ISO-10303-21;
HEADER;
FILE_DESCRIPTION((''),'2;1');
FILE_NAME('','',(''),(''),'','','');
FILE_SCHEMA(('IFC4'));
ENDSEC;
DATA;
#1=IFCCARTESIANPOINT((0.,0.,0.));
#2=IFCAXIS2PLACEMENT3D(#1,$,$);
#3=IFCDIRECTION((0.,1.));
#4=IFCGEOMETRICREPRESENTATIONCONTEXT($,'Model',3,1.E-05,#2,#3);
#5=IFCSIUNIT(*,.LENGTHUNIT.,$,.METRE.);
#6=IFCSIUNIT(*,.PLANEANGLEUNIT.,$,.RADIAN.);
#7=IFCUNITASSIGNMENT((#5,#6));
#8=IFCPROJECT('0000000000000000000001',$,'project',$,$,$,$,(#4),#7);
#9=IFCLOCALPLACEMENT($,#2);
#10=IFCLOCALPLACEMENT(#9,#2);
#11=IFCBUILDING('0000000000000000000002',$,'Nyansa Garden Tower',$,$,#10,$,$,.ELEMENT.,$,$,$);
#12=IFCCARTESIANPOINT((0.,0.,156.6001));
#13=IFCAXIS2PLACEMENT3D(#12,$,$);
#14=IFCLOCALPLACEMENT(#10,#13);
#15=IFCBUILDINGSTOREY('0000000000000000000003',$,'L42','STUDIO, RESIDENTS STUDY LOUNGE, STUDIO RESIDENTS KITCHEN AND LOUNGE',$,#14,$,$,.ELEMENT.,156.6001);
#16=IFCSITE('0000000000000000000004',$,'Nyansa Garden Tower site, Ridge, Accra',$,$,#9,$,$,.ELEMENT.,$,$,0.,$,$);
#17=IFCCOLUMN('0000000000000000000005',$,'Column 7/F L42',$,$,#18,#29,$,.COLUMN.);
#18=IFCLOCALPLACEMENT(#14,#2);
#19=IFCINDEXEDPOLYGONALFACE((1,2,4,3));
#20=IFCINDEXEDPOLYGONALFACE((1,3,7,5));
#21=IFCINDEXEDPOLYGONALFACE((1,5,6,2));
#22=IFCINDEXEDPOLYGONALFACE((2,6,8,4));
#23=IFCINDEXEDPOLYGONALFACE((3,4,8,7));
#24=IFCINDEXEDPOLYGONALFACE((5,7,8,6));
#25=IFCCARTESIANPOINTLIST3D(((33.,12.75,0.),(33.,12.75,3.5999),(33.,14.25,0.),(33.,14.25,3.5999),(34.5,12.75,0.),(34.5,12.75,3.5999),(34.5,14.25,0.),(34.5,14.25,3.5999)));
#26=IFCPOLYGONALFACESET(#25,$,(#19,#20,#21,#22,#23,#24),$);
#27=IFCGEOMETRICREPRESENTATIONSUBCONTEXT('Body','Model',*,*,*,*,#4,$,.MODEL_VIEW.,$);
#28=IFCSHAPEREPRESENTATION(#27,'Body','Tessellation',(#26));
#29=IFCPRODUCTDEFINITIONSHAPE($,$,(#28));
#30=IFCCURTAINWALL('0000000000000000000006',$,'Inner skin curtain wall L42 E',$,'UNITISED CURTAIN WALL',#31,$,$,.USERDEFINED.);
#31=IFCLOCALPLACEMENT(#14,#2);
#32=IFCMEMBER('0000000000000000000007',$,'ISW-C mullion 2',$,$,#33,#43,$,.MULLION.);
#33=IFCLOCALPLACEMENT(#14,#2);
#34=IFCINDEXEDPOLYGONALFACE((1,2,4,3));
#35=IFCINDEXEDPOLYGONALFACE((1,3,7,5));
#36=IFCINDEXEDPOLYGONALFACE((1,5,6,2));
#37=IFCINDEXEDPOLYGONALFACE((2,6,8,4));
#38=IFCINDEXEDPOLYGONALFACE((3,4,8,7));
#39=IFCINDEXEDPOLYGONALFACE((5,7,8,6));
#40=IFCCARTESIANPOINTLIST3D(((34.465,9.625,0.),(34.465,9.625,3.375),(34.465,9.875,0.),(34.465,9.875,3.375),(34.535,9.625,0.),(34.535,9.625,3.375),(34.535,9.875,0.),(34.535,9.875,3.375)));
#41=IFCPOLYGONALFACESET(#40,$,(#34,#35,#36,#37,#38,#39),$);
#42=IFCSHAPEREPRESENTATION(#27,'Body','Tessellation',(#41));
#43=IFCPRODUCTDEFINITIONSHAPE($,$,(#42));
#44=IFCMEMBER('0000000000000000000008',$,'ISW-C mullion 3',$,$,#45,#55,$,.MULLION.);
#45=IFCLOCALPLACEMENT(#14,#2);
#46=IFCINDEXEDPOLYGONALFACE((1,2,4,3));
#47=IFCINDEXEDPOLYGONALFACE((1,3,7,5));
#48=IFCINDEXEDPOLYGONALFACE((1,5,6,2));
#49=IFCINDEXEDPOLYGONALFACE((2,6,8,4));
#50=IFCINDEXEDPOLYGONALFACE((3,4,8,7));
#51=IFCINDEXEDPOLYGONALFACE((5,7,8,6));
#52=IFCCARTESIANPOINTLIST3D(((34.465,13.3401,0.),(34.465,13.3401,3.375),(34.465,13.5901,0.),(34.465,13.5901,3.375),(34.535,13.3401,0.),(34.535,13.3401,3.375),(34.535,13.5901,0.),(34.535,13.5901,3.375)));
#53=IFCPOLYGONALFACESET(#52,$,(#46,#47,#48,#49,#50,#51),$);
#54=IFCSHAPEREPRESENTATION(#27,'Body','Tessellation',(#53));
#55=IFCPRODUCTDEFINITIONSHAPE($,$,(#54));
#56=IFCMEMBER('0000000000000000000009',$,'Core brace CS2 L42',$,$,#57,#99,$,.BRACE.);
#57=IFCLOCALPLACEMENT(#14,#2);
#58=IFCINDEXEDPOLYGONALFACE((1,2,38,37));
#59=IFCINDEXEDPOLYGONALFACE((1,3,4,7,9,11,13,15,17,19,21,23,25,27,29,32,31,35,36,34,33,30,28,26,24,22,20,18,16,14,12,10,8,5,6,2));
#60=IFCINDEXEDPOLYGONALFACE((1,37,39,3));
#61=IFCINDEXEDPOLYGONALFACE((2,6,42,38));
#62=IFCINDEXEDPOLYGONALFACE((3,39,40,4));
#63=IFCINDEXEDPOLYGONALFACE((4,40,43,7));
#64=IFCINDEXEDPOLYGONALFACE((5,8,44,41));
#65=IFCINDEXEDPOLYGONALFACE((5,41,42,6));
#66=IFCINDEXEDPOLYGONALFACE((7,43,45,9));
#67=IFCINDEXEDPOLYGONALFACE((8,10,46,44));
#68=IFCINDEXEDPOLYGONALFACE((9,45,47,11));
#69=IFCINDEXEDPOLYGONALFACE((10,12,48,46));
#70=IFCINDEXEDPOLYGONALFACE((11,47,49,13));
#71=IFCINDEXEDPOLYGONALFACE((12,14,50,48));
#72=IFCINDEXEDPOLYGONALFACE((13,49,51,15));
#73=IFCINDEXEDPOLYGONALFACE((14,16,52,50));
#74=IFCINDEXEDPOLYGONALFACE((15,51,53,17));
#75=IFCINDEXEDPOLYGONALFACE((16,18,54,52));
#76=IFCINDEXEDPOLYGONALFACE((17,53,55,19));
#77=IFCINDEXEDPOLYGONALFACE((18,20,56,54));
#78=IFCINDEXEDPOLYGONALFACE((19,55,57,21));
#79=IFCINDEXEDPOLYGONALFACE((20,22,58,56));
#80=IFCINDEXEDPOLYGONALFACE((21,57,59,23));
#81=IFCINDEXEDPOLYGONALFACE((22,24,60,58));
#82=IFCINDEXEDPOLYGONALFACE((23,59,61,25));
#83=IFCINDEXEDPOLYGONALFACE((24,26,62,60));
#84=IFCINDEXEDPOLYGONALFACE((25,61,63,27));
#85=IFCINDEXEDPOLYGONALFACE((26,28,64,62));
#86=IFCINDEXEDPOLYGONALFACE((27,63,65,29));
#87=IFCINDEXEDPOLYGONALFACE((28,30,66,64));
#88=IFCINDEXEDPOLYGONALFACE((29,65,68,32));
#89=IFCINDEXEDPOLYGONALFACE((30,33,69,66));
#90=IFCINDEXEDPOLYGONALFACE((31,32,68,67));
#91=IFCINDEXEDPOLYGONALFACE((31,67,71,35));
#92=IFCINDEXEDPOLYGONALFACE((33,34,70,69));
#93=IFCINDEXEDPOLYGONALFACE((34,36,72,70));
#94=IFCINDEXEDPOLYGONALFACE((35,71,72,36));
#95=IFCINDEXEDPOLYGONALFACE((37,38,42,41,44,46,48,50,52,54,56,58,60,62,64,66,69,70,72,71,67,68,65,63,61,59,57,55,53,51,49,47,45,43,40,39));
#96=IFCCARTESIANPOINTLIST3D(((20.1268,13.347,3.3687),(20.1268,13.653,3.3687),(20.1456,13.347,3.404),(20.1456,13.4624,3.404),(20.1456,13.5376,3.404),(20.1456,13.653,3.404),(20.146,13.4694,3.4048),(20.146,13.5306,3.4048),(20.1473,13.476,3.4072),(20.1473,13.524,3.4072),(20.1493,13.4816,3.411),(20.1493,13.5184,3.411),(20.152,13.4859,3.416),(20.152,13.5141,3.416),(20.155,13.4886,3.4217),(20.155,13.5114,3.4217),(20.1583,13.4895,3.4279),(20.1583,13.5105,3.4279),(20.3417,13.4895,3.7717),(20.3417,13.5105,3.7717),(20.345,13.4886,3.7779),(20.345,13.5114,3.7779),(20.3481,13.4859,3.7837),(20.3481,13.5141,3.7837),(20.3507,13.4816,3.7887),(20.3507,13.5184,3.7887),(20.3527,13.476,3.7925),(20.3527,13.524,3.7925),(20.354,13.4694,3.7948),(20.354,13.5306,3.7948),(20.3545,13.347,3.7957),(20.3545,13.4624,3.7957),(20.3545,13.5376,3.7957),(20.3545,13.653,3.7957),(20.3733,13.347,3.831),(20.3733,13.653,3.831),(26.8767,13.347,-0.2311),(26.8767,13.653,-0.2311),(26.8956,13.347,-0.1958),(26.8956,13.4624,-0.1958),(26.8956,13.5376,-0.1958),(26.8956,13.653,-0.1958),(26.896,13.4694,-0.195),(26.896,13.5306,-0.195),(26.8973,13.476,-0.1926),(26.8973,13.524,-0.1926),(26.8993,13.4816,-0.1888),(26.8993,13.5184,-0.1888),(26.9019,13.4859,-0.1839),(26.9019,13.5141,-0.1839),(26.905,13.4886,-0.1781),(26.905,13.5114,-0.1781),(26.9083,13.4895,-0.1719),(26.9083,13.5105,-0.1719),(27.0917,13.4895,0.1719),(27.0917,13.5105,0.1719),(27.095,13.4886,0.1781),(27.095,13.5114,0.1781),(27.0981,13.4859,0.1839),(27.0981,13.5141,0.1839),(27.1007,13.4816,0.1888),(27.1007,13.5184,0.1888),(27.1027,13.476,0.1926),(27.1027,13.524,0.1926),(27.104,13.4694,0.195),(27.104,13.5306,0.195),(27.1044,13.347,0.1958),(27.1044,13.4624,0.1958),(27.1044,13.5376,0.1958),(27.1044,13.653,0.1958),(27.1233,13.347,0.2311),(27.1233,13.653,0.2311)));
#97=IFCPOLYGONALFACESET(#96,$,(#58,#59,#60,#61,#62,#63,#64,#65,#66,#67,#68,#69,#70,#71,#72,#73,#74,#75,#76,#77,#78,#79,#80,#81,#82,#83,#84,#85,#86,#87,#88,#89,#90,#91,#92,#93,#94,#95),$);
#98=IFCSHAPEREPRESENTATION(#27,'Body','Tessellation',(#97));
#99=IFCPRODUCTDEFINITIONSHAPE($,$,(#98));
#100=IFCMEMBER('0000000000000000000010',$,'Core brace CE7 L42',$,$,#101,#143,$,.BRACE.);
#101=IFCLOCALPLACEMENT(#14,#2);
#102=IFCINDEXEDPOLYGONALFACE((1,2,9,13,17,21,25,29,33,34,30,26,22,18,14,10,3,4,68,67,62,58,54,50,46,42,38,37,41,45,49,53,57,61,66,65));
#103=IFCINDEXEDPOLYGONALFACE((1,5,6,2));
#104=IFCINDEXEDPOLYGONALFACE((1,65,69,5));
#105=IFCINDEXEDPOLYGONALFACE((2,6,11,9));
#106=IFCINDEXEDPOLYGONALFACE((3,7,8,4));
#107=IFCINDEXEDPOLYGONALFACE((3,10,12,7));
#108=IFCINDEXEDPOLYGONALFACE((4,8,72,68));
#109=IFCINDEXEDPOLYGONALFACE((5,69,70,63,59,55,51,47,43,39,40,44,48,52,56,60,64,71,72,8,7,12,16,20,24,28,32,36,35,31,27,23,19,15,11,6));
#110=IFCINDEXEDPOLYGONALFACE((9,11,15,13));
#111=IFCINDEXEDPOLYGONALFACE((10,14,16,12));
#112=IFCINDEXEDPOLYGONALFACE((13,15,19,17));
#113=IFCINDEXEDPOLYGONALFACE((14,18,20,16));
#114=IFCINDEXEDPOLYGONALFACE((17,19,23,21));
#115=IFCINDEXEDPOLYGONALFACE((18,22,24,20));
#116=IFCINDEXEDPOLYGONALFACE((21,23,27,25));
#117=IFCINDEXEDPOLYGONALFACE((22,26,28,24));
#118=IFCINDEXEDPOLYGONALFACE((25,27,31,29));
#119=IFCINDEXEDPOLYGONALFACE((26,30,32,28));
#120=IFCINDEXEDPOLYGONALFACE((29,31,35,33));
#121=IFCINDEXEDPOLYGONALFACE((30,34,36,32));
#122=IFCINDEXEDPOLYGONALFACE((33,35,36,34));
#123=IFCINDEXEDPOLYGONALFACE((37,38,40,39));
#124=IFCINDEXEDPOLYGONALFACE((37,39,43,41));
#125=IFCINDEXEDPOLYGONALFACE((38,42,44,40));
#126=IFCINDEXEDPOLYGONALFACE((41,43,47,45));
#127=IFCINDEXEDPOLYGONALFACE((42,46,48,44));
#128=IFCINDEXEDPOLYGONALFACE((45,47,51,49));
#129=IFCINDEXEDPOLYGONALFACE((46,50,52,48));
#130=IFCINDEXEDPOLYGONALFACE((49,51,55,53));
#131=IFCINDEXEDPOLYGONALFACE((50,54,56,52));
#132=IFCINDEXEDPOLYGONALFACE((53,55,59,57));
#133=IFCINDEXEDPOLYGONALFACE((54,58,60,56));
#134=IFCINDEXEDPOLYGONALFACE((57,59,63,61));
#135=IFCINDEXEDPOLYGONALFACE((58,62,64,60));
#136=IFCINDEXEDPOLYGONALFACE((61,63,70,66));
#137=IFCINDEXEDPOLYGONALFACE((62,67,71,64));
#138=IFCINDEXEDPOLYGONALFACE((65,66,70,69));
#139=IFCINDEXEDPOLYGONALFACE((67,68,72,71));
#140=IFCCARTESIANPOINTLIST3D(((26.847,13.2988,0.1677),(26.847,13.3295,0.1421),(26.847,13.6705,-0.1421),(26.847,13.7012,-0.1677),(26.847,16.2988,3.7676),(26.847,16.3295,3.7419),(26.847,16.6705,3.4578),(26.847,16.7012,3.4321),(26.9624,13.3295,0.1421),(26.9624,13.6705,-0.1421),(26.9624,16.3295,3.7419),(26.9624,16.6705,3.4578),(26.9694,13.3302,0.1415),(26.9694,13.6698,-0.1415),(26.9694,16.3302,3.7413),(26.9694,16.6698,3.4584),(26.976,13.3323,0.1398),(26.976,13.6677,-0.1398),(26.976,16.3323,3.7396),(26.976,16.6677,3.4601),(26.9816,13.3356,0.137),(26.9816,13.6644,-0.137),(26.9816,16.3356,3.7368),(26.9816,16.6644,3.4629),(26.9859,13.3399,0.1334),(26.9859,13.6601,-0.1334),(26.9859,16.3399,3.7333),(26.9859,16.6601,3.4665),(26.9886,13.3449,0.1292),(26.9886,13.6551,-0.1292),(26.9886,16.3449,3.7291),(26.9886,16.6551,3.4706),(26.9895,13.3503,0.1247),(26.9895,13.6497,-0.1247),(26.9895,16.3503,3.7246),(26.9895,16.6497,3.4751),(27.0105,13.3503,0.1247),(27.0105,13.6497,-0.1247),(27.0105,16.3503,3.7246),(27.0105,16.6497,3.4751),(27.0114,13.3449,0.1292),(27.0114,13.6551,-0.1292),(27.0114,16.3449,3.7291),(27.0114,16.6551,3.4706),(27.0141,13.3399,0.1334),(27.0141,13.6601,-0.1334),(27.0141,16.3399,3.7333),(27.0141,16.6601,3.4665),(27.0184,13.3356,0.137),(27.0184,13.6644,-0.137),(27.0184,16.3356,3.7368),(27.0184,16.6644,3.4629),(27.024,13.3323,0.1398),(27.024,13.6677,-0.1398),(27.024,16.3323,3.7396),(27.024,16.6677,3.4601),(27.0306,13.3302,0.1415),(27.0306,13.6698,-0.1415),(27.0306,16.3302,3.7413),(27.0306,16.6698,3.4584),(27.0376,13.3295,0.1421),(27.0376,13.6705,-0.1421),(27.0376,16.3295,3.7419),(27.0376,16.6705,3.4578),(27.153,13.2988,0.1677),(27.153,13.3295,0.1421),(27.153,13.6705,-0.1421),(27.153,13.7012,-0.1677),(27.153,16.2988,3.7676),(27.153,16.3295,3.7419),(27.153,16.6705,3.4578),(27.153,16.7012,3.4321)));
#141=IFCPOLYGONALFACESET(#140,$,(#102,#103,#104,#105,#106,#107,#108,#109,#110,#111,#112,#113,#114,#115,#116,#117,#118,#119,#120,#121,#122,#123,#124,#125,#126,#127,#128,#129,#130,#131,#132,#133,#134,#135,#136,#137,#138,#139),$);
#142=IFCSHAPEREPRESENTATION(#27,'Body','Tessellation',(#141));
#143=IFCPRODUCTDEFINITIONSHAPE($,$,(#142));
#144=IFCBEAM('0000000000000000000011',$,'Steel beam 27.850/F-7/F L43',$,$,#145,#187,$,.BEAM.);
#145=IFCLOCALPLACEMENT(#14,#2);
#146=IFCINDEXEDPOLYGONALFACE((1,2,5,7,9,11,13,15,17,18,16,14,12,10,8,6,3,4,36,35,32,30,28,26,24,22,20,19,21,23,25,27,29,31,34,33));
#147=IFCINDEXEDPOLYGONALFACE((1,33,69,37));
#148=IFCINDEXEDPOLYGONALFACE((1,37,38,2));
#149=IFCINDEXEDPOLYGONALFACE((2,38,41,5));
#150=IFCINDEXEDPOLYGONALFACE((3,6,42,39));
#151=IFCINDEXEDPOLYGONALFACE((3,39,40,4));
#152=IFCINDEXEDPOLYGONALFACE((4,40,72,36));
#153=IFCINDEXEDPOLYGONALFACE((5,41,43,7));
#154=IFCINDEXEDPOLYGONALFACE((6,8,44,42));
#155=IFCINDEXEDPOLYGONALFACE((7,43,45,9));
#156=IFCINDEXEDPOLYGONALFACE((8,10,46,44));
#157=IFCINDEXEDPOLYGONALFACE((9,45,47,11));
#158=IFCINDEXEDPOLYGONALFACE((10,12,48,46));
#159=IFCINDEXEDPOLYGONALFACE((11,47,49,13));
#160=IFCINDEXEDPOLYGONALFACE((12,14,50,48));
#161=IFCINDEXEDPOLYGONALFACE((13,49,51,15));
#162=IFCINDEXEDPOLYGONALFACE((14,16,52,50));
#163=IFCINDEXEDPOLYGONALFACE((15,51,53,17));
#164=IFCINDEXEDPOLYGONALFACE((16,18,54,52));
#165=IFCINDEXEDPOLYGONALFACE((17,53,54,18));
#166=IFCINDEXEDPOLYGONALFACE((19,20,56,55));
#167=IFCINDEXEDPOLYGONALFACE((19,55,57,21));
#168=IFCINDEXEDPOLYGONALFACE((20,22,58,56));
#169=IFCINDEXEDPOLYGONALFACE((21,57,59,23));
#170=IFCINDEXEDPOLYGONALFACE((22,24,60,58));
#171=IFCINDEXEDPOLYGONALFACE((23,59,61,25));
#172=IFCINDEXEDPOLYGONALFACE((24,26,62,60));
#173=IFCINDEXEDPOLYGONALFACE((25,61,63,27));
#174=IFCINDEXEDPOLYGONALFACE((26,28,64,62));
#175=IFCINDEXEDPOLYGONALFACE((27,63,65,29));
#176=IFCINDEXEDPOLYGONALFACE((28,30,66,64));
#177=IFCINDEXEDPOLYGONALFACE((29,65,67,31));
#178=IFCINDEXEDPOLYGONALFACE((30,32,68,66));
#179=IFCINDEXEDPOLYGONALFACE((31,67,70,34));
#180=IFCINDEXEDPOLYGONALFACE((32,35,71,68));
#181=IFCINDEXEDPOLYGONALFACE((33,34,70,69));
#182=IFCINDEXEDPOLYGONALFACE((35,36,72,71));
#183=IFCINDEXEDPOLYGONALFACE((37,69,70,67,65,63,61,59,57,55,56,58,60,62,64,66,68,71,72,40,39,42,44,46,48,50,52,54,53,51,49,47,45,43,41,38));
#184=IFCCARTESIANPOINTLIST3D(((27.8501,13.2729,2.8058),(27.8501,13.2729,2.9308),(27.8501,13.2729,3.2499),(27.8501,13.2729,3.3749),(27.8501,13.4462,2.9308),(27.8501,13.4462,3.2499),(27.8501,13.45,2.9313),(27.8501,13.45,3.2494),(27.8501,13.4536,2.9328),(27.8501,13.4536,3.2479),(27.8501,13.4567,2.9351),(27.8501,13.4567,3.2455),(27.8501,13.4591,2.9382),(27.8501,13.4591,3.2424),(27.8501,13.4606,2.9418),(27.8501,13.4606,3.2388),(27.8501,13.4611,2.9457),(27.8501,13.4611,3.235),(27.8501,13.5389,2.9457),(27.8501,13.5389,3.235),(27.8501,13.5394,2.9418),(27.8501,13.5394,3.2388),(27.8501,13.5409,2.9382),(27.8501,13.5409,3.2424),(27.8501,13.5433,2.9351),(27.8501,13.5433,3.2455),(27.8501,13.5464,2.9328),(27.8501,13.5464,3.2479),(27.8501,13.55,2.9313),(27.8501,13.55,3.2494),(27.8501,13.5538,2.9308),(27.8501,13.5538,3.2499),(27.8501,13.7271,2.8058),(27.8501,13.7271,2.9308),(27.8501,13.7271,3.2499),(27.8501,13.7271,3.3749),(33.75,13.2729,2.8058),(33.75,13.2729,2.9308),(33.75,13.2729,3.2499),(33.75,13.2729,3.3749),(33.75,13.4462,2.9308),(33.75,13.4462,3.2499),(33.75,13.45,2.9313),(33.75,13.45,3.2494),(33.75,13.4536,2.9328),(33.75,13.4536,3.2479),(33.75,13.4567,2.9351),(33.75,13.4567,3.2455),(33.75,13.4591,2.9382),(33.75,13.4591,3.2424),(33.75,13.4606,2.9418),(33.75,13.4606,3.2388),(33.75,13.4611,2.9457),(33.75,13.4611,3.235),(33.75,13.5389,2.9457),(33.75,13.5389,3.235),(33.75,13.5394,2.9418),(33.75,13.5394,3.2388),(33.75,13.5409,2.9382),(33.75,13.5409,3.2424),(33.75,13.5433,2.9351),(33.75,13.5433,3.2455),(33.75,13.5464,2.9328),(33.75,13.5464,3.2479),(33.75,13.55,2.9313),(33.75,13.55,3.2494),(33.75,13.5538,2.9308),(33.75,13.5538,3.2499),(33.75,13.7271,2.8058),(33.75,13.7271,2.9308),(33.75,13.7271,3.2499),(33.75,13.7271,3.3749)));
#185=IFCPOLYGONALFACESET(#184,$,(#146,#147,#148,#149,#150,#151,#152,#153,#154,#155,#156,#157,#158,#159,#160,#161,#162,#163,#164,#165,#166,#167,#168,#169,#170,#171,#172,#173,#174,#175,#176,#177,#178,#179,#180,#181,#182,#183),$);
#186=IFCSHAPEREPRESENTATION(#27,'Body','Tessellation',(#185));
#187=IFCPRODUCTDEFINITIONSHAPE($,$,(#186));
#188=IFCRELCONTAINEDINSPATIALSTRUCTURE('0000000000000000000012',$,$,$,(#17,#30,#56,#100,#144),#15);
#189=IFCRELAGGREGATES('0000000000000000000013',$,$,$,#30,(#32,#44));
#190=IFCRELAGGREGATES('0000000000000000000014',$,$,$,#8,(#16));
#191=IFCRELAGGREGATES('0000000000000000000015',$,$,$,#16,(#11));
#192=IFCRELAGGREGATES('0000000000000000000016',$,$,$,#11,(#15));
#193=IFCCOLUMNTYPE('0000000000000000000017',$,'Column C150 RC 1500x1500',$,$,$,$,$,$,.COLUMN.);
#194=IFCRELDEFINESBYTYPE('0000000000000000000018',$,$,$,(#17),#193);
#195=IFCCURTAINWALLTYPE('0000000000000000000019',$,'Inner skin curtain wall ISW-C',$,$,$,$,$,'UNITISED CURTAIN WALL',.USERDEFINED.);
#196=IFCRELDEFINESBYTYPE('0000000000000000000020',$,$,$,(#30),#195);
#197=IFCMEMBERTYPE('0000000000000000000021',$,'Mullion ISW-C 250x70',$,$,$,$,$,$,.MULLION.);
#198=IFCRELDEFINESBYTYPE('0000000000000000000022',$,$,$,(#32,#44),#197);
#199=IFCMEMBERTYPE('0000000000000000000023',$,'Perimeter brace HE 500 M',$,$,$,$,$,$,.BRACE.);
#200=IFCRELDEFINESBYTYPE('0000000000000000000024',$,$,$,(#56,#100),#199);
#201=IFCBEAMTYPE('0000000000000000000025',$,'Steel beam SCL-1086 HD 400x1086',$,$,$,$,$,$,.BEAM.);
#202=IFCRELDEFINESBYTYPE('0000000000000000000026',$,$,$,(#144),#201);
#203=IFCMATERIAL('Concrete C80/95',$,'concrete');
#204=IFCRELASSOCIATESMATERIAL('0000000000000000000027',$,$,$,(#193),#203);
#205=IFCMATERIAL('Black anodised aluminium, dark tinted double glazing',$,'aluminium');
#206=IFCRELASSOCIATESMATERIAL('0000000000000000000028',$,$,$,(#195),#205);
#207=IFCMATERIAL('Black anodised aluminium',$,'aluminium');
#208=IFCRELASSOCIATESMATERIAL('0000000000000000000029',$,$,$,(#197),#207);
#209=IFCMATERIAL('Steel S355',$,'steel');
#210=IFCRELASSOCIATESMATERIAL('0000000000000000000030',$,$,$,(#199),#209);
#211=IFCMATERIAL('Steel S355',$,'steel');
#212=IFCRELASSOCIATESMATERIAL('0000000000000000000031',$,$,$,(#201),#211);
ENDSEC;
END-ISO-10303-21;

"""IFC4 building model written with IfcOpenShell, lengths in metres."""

from ifc_helpers import new_model, si_unit, direction, frame, origin, origin_2d, place, context, subcontext, project, spatial, rectangle, i_section, extrude, material, material_profile, profile_set, type_object, element, aggregate, save


model = new_model("IFC4")

# Units and contexts
model_context = context("Model", 3, precision=1e-05, world=origin(), true_north=direction((0.0, 1.0)))
body_context = subcontext(model_context, "Body", "Model", "MODEL_VIEW")
ifc_project = project(units=[si_unit("LENGTHUNIT", "METRE"), si_unit("PLANEANGLEUNIT", "RADIAN")], contexts=[model_context])

# Site, building, storey
site_placement = place(None, origin())
site = spatial("IfcSite", under=ifc_project, at=site_placement, Name="Nyansa Garden Tower site, Ridge, Accra", CompositionType="ELEMENT", RefElevation=0.0)
building_placement = place(site_placement, origin())
building = spatial("IfcBuilding", under=site, at=building_placement, Name="Nyansa Garden Tower", CompositionType="ELEMENT")
storey_placement = place(building_placement, frame((0.0, 0.0, 156.6001)))
storey = spatial("IfcBuildingStorey", under=building, at=storey_placement, Name="L42", Description="STUDIO, RESIDENTS STUDY LOUNGE, STUDIO RESIDENTS KITCHEN AND LOUNGE", CompositionType="ELEMENT", Elevation=156.6001)

# Column
ifc_material_1 = material(Name="Concrete C80/95", Category="concrete")
ifc_material_profile_1 = material_profile(ifc_material_1, rectangle(XDim=1.5, YDim=1.5, at=origin_2d()), Name="RC 1500x1500")
ifc_profile_set_1 = profile_set([ifc_material_profile_1], Name="Concrete C80/95")
column_type = type_object("IfcColumnType", Name="Column C150 RC 1500x1500", PredefinedType="COLUMN", material=ifc_profile_set_1)
column_placement = place(storey_placement, frame((33.75, 13.5, 0.0), z_axis=(0.0, 0.0, 1.0), x_axis=(1.0, 0.0, 0.0)))
element("IfcColumn", 1, at=column_placement, inside=storey, type_object=column_type, Name="Column 7/F L42", PredefinedType="COLUMN", context=body_context, shape_type="SweptSolid", body=[
    extrude(rectangle(XDim=1.5, YDim=1.5, at=origin_2d()), origin(), (0.0, 0.0, 1.0), 3.5999),
])

# Curtain wall, members
ifc_material_2 = material(Name="Black anodised aluminium, dark tinted double glazing", Category="aluminium")
curtain_wall_type = type_object("IfcCurtainWallType", Name="Inner skin curtain wall ISW-C", ElementType="UNITISED CURTAIN WALL", PredefinedType="USERDEFINED", material=ifc_material_2)
curtain_wall_placement = place(storey_placement, origin())
curtain_wall = element("IfcCurtainWall", 2, at=curtain_wall_placement, inside=storey, type_object=curtain_wall_type, Name="Inner skin curtain wall L42 E", ObjectType="UNITISED CURTAIN WALL", PredefinedType="USERDEFINED")
ifc_material_3 = material(Name="Black anodised aluminium", Category="aluminium")
ifc_material_profile_2 = material_profile(ifc_material_3, rectangle(XDim=0.0701, YDim=0.25, at=origin_2d()), Name="Mullion 250x70")
ifc_profile_set_2 = profile_set([ifc_material_profile_2], Name="Black anodised aluminium")
member_type_1 = type_object("IfcMemberType", Name="Mullion ISW-C 250x70", PredefinedType="MULLION", material=ifc_profile_set_2)
member_1_placement = place(storey_placement, frame((34.5, 9.75, 0.0), z_axis=(0.0, 0.0, 1.0), x_axis=(-1.0, 0.0, 0.0)))
member_1 = element("IfcMember", 3, at=member_1_placement, type_object=member_type_1, Name="ISW-C mullion 2", PredefinedType="MULLION", context=body_context, shape_type="SweptSolid", body=[
    extrude(rectangle(XDim=0.0701, YDim=0.25, at=origin_2d()), origin(), (0.0, 0.0, 1.0), 3.375),
])
member_2_placement = place(storey_placement, frame((34.5, 13.4651, 0.0), z_axis=(0.0, 0.0, 1.0), x_axis=(-1.0, 0.0, 0.0)))
member_2 = element("IfcMember", 4, at=member_2_placement, type_object=member_type_1, Name="ISW-C mullion 3", PredefinedType="MULLION", context=body_context, shape_type="SweptSolid", body=[
    extrude(rectangle(XDim=0.0701, YDim=0.25, at=origin_2d()), origin(), (0.0, 0.0, 1.0), 3.375),
])

# Members
ifc_material_4 = material(Name="Steel S355", Category="steel")
ifc_material_profile_3 = material_profile(ifc_material_4, i_section(OverallWidth=0.3059, OverallDepth=0.5239, WebThickness=0.021, FlangeThickness=0.04, FilletRadius=0.0271, at=origin_2d()), Name="HE 500 M")
ifc_profile_set_3 = profile_set([ifc_material_profile_3], Name="Steel S355")
member_type_2 = type_object("IfcMemberType", Name="Perimeter brace HE 500 M", PredefinedType="BRACE", material=ifc_profile_set_3)
member_3_placement = place(storey_placement, frame((27.0, 13.5, 0.0), z_axis=(-0.882361, 0.0, 0.470573), x_axis=(0.0, -1.0, 0.0)))
element("IfcMember", 5, at=member_3_placement, inside=storey, type_object=member_type_2, Name="Core brace CS2 L42", PredefinedType="BRACE", context=body_context, shape_type="SweptSolid", body=[
    extrude(i_section(OverallWidth=0.3059, OverallDepth=0.5239, WebThickness=0.021, FlangeThickness=0.04, FilletRadius=0.0271, at=origin_2d()), origin(), (0.0, 0.0, 1.0), 7.6499),
])
member_4_placement = place(storey_placement, frame((27.0, 13.5, 0.0), z_axis=(0.0, 0.6402, 0.768208), x_axis=(-1.0, 0.0, 0.0)))
element("IfcMember", 6, at=member_4_placement, inside=storey, type_object=member_type_2, Name="Core brace CE7 L42", PredefinedType="BRACE", context=body_context, shape_type="SweptSolid", body=[
    extrude(i_section(OverallWidth=0.3059, OverallDepth=0.5239, WebThickness=0.021, FlangeThickness=0.04, FilletRadius=0.0271, at=origin_2d()), origin(), (0.0, 0.0, 1.0), 4.686),
])

# Beam
ifc_material_5 = material(Name="Steel S355", Category="steel")
ifc_material_profile_4 = material_profile(ifc_material_5, i_section(OverallWidth=0.4541, OverallDepth=0.5691, WebThickness=0.0779, FlangeThickness=0.125, FilletRadius=0.0149, at=origin_2d()), Name="HD 400x1086")
ifc_profile_set_4 = profile_set([ifc_material_profile_4], Name="Steel S355")
beam_type_1 = type_object("IfcBeamType", Name="Steel beam SCL-1086 HD 400x1086", PredefinedType="BEAM", material=ifc_profile_set_4)
beam_1_placement = place(storey_placement, frame((27.8501, 13.5, 3.0903), z_axis=(1.0, 0.0, 0.0), x_axis=(0.0, 1.0, 0.0)))
element("IfcBeam", 7, at=beam_1_placement, inside=storey, type_object=beam_type_1, Name="Steel beam 27.850/F-7/F L43", PredefinedType="BEAM", context=body_context, shape_type="SweptSolid", body=[
    extrude(i_section(OverallWidth=0.4541, OverallDepth=0.5691, WebThickness=0.0779, FlangeThickness=0.125, FilletRadius=0.0149, at=origin_2d()), origin(), (0.0, 0.0, 1.0), 5.8999),
])

aggregate(curtain_wall, [member_1, member_2])

save(model, "model.ifc")
